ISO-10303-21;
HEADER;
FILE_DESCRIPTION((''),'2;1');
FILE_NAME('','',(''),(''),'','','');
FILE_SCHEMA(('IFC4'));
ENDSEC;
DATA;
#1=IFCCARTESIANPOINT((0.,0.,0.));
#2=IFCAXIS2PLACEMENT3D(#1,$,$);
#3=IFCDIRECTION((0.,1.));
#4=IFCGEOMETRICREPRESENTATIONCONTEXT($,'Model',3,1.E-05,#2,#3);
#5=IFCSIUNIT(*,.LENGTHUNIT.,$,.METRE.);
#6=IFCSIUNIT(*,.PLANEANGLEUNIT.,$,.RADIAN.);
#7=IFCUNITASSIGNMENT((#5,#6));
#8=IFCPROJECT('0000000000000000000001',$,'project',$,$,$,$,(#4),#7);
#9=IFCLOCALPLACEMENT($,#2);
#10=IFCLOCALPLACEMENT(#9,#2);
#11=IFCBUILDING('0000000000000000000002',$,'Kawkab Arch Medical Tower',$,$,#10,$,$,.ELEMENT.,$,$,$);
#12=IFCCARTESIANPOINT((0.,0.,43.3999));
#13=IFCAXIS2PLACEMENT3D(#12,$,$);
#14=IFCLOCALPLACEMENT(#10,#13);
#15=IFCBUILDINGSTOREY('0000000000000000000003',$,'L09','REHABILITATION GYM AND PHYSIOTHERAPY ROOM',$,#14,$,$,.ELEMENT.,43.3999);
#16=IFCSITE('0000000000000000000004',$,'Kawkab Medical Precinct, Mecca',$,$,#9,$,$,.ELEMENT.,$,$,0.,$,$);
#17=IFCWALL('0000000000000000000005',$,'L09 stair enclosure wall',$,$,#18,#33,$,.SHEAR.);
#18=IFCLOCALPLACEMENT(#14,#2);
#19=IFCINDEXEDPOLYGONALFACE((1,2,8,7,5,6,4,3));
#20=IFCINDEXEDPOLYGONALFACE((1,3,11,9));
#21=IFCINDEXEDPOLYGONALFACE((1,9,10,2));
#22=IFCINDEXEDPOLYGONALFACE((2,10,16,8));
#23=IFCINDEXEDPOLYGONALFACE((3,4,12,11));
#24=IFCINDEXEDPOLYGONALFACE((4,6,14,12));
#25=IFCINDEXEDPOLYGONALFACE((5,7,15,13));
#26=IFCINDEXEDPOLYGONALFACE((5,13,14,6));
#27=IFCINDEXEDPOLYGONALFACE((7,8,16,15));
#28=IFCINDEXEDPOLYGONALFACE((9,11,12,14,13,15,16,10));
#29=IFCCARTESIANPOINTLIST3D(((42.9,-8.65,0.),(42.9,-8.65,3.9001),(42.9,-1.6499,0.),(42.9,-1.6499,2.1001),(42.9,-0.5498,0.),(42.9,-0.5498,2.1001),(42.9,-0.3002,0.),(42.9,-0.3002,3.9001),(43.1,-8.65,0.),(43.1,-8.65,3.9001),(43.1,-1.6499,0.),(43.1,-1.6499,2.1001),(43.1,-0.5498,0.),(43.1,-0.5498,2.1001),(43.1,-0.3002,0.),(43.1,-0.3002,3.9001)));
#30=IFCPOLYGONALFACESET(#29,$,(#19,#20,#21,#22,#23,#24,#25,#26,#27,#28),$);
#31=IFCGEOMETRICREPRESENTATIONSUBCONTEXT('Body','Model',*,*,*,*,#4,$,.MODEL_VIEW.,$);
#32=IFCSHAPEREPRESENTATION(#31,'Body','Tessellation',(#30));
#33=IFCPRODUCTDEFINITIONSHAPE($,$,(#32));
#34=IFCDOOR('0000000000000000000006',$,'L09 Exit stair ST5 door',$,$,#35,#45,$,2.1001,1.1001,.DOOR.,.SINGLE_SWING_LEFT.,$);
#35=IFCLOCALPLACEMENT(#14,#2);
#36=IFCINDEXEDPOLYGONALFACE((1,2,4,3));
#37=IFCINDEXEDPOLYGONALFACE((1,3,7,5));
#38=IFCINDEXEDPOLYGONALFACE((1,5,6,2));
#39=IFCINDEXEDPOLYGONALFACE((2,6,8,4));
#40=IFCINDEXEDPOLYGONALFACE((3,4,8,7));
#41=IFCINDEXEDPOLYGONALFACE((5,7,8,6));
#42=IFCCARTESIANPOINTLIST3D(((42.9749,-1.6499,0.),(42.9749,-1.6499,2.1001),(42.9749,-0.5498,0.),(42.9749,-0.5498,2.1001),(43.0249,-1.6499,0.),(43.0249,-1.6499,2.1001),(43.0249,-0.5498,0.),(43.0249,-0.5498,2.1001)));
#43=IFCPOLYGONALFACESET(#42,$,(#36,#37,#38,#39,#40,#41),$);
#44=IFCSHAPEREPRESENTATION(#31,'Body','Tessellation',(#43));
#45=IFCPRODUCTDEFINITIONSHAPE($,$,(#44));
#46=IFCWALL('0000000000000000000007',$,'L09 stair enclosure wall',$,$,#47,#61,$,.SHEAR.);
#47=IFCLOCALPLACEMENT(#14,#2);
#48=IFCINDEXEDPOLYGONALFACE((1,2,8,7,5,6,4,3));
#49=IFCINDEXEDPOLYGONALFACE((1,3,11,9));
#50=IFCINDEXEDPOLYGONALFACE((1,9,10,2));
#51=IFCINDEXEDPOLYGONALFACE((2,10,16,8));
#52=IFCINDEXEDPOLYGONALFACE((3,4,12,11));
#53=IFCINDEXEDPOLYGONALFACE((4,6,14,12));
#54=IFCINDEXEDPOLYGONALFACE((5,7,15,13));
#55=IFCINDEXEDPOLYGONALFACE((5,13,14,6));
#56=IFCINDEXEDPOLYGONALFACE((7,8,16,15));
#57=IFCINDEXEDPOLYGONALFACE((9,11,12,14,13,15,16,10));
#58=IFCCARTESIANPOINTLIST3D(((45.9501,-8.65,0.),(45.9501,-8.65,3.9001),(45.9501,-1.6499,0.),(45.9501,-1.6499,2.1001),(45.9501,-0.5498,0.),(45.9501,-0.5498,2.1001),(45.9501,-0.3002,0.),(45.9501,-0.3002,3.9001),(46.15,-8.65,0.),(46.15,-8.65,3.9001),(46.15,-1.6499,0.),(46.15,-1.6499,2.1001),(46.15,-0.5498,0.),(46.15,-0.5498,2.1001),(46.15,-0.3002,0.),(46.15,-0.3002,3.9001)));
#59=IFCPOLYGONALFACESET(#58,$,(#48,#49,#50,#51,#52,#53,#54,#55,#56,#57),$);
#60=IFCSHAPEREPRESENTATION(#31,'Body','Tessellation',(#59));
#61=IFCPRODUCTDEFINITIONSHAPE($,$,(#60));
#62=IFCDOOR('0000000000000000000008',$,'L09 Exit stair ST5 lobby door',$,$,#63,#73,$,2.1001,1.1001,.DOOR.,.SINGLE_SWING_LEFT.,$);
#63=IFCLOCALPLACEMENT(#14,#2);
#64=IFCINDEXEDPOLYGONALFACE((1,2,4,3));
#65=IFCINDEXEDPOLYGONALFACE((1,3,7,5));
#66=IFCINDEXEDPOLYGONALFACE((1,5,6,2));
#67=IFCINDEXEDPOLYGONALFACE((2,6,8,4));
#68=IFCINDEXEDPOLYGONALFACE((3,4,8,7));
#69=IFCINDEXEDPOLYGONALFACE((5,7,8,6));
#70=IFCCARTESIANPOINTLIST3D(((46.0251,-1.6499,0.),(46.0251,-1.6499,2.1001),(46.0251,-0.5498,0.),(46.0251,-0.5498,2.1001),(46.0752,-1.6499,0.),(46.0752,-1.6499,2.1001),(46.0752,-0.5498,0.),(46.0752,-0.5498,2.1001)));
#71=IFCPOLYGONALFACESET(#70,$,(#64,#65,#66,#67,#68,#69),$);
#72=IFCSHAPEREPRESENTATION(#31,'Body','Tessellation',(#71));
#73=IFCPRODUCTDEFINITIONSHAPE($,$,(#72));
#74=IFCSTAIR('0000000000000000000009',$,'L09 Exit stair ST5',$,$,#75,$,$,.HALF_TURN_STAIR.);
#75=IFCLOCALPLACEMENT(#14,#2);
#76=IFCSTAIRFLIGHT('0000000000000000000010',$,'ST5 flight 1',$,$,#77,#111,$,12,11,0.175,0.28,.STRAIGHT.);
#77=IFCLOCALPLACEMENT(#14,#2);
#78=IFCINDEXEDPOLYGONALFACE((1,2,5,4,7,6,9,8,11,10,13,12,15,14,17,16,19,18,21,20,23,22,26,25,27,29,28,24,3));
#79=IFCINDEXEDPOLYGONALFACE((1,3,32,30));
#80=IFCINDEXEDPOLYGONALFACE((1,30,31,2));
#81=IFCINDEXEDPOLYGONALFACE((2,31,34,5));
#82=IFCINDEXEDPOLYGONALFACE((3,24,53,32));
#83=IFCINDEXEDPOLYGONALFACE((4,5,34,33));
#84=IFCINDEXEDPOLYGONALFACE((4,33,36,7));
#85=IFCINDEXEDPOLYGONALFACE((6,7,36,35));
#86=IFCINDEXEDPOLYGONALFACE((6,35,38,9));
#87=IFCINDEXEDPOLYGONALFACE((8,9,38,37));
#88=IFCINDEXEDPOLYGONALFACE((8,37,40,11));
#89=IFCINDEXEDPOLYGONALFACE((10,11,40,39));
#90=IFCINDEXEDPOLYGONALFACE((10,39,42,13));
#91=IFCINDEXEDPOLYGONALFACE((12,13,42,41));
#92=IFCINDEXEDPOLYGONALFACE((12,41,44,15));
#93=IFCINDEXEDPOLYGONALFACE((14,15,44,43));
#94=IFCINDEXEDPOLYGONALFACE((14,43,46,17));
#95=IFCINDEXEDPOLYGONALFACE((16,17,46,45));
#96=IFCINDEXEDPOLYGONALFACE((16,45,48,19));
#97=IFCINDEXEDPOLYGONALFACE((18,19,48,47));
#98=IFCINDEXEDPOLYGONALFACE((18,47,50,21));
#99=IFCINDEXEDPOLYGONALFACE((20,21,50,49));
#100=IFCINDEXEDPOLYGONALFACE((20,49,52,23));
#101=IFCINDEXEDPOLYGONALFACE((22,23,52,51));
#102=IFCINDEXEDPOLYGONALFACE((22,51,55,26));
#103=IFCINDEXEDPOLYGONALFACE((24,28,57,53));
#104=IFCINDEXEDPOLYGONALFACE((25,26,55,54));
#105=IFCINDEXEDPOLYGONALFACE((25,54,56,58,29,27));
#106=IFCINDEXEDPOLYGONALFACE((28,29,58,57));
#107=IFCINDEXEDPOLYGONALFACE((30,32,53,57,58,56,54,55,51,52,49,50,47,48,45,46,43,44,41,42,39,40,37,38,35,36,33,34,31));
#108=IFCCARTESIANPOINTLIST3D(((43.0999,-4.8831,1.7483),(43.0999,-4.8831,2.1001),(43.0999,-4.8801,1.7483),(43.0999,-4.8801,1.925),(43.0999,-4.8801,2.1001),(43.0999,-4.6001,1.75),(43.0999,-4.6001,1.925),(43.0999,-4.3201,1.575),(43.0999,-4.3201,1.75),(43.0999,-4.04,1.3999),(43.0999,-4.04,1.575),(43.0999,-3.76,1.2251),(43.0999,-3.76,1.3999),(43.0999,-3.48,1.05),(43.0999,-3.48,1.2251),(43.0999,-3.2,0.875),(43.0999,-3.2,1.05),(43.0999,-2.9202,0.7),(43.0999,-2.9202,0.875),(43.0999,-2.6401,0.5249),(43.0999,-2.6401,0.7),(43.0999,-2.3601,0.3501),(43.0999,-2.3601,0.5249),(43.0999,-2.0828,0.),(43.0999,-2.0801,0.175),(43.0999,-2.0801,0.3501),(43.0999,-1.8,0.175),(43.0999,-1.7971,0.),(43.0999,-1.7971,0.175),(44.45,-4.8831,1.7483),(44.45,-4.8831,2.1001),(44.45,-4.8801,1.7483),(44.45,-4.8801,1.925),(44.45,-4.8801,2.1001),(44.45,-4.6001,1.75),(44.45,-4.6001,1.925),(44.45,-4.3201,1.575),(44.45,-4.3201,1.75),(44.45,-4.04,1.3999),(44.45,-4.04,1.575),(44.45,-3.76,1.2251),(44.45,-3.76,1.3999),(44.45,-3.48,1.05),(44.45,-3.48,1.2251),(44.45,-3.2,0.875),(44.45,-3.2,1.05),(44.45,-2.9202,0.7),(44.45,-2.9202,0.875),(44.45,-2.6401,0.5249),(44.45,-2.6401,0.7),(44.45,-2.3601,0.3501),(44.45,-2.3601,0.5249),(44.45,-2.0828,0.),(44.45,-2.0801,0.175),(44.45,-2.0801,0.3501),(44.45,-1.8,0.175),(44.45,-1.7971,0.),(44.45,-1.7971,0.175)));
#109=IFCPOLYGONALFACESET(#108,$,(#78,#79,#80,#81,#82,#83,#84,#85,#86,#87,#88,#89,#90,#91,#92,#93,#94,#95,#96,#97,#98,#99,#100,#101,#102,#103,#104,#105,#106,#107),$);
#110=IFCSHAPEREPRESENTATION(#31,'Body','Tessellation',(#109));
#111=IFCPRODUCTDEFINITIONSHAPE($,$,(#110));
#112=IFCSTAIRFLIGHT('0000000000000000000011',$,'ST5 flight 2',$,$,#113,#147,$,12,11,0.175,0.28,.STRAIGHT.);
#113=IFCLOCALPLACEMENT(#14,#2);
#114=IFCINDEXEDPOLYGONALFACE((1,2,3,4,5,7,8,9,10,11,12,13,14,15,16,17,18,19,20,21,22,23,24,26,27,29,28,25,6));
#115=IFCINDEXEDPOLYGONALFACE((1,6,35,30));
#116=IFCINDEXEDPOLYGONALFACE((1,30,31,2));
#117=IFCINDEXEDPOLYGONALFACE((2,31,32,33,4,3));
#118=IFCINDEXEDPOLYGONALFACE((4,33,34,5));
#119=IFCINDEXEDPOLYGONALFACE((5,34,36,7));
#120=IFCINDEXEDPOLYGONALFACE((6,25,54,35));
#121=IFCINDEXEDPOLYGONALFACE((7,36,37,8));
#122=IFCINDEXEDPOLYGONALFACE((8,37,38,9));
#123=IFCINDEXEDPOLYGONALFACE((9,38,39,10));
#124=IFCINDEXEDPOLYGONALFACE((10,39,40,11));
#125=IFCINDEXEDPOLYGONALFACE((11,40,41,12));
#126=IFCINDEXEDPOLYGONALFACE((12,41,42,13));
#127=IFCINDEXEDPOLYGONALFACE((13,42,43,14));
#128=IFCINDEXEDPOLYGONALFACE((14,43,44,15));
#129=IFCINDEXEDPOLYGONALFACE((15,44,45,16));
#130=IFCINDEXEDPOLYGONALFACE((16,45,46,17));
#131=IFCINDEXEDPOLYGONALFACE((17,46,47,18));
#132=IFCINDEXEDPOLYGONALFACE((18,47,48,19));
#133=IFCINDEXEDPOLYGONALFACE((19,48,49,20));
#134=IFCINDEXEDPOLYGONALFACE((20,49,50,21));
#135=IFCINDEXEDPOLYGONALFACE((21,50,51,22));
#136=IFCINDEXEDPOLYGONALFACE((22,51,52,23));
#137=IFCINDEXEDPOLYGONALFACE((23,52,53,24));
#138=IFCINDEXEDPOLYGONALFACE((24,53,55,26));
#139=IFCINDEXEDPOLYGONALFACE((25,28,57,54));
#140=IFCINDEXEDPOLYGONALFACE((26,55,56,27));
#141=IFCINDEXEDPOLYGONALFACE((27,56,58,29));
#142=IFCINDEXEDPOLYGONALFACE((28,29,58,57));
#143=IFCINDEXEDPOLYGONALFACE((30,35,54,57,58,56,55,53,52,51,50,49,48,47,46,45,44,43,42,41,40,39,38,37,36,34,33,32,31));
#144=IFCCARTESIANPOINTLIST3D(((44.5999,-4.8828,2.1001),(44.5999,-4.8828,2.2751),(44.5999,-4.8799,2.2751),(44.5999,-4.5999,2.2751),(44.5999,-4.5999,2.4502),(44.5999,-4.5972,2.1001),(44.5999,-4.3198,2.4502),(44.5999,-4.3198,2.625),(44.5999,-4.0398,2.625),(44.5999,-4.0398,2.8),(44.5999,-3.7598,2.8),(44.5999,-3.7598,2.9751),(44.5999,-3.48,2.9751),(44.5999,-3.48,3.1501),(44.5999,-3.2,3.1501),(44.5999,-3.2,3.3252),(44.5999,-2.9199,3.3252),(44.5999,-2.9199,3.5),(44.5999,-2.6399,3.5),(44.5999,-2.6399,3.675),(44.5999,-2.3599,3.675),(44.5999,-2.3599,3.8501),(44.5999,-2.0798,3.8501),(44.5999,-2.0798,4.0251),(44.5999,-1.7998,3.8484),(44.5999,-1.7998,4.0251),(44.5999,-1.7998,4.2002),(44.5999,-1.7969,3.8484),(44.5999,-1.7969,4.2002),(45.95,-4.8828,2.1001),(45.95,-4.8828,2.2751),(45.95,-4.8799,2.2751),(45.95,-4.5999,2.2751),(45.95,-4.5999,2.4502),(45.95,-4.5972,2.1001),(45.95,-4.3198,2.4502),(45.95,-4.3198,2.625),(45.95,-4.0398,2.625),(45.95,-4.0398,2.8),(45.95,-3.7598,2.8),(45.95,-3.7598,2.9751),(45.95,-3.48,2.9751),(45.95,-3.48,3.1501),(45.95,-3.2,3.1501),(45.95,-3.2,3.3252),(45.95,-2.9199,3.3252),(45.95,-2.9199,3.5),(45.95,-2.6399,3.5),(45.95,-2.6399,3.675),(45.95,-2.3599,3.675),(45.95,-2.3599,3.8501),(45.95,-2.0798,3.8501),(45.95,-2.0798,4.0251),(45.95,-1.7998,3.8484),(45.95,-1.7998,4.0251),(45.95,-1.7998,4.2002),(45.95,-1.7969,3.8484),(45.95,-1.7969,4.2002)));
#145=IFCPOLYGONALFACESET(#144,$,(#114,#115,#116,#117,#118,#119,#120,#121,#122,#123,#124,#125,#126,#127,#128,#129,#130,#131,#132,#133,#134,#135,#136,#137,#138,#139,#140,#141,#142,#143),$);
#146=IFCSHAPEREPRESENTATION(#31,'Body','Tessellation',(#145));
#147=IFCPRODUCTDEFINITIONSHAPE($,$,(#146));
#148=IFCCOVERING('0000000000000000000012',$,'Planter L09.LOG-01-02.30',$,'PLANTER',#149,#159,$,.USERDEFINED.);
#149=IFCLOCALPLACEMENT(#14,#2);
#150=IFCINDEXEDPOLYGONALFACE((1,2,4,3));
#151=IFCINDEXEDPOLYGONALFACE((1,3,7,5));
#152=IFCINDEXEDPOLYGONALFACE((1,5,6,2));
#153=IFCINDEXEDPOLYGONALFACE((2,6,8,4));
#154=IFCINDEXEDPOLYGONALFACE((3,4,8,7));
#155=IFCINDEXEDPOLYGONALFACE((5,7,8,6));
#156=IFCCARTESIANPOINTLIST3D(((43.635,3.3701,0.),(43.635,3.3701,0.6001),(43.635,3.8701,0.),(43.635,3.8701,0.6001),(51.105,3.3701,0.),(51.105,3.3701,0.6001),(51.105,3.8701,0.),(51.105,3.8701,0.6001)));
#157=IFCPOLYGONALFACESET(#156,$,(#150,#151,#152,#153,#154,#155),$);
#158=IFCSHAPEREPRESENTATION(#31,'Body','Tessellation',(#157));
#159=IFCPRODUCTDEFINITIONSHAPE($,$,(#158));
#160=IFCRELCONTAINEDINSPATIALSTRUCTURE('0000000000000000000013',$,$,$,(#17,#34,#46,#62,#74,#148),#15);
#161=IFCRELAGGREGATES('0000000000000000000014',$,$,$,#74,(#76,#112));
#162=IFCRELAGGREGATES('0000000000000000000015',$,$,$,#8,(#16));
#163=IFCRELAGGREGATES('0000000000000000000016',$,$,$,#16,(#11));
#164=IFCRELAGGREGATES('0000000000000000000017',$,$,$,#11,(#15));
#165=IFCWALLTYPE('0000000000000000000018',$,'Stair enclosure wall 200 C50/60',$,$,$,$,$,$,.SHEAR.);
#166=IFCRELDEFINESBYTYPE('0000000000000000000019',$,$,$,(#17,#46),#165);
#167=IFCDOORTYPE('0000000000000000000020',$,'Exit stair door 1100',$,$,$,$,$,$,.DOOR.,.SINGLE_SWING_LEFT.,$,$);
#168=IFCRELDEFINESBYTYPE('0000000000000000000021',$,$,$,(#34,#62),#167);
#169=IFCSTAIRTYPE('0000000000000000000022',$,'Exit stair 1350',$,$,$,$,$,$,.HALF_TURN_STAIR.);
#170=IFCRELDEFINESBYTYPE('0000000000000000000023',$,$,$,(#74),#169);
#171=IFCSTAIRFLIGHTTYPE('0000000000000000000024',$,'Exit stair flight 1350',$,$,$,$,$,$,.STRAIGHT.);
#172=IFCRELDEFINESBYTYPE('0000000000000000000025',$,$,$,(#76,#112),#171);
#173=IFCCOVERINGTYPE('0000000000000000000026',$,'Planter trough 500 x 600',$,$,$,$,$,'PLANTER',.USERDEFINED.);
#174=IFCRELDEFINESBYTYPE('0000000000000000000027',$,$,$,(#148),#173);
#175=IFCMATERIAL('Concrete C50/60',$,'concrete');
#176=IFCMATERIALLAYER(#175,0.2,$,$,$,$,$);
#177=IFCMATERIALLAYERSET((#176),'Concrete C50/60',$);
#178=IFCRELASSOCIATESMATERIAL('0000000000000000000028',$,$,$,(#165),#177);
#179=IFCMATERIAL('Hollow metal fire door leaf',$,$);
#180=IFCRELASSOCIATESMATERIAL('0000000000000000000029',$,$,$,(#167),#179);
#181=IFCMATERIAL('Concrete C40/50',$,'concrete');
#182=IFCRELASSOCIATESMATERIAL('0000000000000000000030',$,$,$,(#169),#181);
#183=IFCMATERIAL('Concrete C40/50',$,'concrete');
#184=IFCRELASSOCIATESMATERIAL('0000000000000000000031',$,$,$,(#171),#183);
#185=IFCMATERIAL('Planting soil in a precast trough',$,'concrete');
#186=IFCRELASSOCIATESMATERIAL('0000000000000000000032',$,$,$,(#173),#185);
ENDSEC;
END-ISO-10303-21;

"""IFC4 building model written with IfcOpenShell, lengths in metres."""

from ifc_helpers import new_model, si_unit, direction, frame, frame_2d, origin, origin_2d, place, context, subcontext, project, spatial, polyline, rectangle, outline, extrude, material, layer, layer_set, material_profile, profile_set, type_object, element, fill, aggregate, save


model = new_model("IFC4")

# Units and contexts
model_context = context("Model", 3, precision=1e-05, world=origin(), true_north=direction((0.0, 1.0)))
body_context = subcontext(model_context, "Body", "Model", "MODEL_VIEW")
ifc_project = project(units=[si_unit("LENGTHUNIT", "METRE"), si_unit("PLANEANGLEUNIT", "RADIAN")], contexts=[model_context])

# Site, building, storey
site_placement = place(None, origin())
site = spatial("IfcSite", under=ifc_project, at=site_placement, Name="Kawkab Medical Precinct, Mecca", CompositionType="ELEMENT", RefElevation=0.0)
building_placement = place(site_placement, origin())
building = spatial("IfcBuilding", under=site, at=building_placement, Name="Kawkab Arch Medical Tower", CompositionType="ELEMENT")
storey_placement = place(building_placement, frame((0.0, 0.0, 43.3999)))
storey = spatial("IfcBuildingStorey", under=building, at=storey_placement, Name="L09", Description="REHABILITATION GYM AND PHYSIOTHERAPY ROOM", CompositionType="ELEMENT", Elevation=43.3999)

# Shared definitions
placement = place(storey_placement, origin())

# Walls, openings, doors
ifc_material_1 = material(Name="Concrete C50/60", Category="concrete")
ifc_layer_1 = layer(ifc_material_1, 0.2)
ifc_layer_set_1 = layer_set([ifc_layer_1], Name="Concrete C50/60")
wall_type_1 = type_object("IfcWallType", Name="Stair enclosure wall 200 C50/60", PredefinedType="SHEAR", material=ifc_layer_set_1)
wall_1_placement = place(storey_placement, frame((43.0, -8.6499, 0.0), z_axis=(0.0, 0.0, 1.0), x_axis=(0.0, 1.0, 0.0)))
wall_1 = element("IfcWall", 1, at=wall_1_placement, inside=storey, type_object=wall_type_1, Name="L09 stair enclosure wall", PredefinedType="SHEAR", context=body_context, shape_type="SweptSolid", body=[
    extrude(rectangle(XDim=8.3499, YDim=0.2, at=frame_2d((4.1748, 0.0))), origin(), (0.0, 0.0, 1.0), 3.9001),
])
opening_1_placement = place(wall_1_placement, frame((7.0, 0.0, 0.0)))
opening_1 = element("IfcOpeningElement", 2, at=opening_1_placement, cuts=wall_1, PredefinedType="OPENING", context=body_context, shape_type="SweptSolid", body=[
    extrude(rectangle(XDim=1.1001, YDim=2.1001, at=frame_2d((0.55, 1.05))), frame((0.0, 0.1099, 0.0), z_axis=(0.0, -1.0, 0.0), x_axis=(1.0, 0.0, 0.0)), (0.0, 0.0, 1.0), 0.22),
])
ifc_material_2 = material(Name="Hollow metal fire door leaf")
door_type_1 = type_object("IfcDoorType", Name="Exit stair door 1100", OperationType="SINGLE_SWING_LEFT", PredefinedType="DOOR", material=ifc_material_2)
door_1_placement = place(opening_1_placement, frame((1.1001, 0.0, 0.0), z_axis=(0.0, 0.0, 1.0), x_axis=(-1.0, 0.0, 0.0)))
door_1 = element("IfcDoor", 3, at=door_1_placement, inside=storey, type_object=door_type_1, Name="L09 Exit stair ST5 door", OperationType="SINGLE_SWING_LEFT", OverallHeight=2.1001, OverallWidth=1.1001, PredefinedType="DOOR", context=body_context, shape_type="SweptSolid", body=[
    extrude(rectangle(XDim=1.1001, YDim=2.1001, at=frame_2d((0.55, 1.05))), frame((0.0, 0.0249, 0.0), z_axis=(0.0, -1.0, 0.0), x_axis=(1.0, 0.0, 0.0)), (0.0, 0.0, 1.0), 0.05),
])
fill(opening_1, door_1)
wall_2_placement = place(storey_placement, frame((46.05, -8.6499, 0.0), z_axis=(0.0, 0.0, 1.0), x_axis=(0.0, 1.0, 0.0)))
wall_2 = element("IfcWall", 4, at=wall_2_placement, inside=storey, type_object=wall_type_1, Name="L09 stair enclosure wall", PredefinedType="SHEAR", context=body_context, shape_type="SweptSolid", body=[
    extrude(rectangle(XDim=8.3499, YDim=0.2, at=frame_2d((4.1748, 0.0))), origin(), (0.0, 0.0, 1.0), 3.9001),
])
opening_2_placement = place(wall_2_placement, frame((7.0, 0.0, 0.0)))
opening_2 = element("IfcOpeningElement", 5, at=opening_2_placement, cuts=wall_2, PredefinedType="OPENING", context=body_context, shape_type="SweptSolid", body=[
    extrude(rectangle(XDim=1.1001, YDim=2.1001, at=frame_2d((0.55, 1.05))), frame((0.0, 0.1099, 0.0), z_axis=(0.0, -1.0, 0.0), x_axis=(1.0, 0.0, 0.0)), (0.0, 0.0, 1.0), 0.22),
])
door_2_placement = place(opening_2_placement, origin())
door_2 = element("IfcDoor", 6, at=door_2_placement, inside=storey, type_object=door_type_1, Name="L09 Exit stair ST5 lobby door", OperationType="SINGLE_SWING_LEFT", OverallHeight=2.1001, OverallWidth=1.1001, PredefinedType="DOOR", context=body_context, shape_type="SweptSolid", body=[
    extrude(rectangle(XDim=1.1001, YDim=2.1001, at=frame_2d((0.55, 1.05))), frame((0.0, 0.0249, 0.0), z_axis=(0.0, -1.0, 0.0), x_axis=(1.0, 0.0, 0.0)), (0.0, 0.0, 1.0), 0.05),
])
fill(opening_2, door_2)

# Stair, stair flights
ifc_material_3 = material(Name="Concrete C40/50", Category="concrete")
stair_type = type_object("IfcStairType", Name="Exit stair 1350", PredefinedType="HALF_TURN_STAIR", material=ifc_material_3)
stair = element("IfcStair", 7, at=placement, inside=storey, type_object=stair_type, Name="L09 Exit stair ST5", PredefinedType="HALF_TURN_STAIR")
ifc_material_4 = material(Name="Concrete C40/50", Category="concrete")
stair_flight_type = type_object("IfcStairFlightType", Name="Exit stair flight 1350", PredefinedType="STRAIGHT", material=ifc_material_4)
stair_flight_1_placement = place(storey_placement, frame((43.7749, -1.8, 0.0), z_axis=(0.0, 0.0, 1.0), x_axis=(0.0, -1.0, 0.0)))
stair_flight_1 = element("IfcStairFlight", 8, at=stair_flight_1_placement, type_object=stair_flight_type, Name="ST5 flight 1", NumberOfRisers=12, NumberOfTreads=11, PredefinedType="STRAIGHT", RiserHeight=0.175, TreadLength=0.28, context=body_context, shape_type="SweptSolid", body=[
    extrude(outline(polyline([(-0.0029, 0.0), (-0.0029, 0.175), (0.0, 0.175), (0.28, 0.175), (0.28, 0.3501), (0.5601, 0.3501), (0.5601, 0.5249), (0.8401, 0.5249), (0.8401, 0.7), (1.1201, 0.7), (1.1201, 0.875), (1.3999, 0.875), (1.3999, 1.05), (1.6799, 1.05), (1.6799, 1.2251), (1.96, 1.2251), (1.96, 1.3999), (2.24, 1.3999), (2.24, 1.575), (2.52, 1.575), (2.52, 1.75), (2.8, 1.75), (2.8, 1.925), (3.0801, 1.925), (3.0801, 2.1001), (3.083, 2.1001), (3.083, 1.7483), (3.0801, 1.7483), (0.2827, 0.0), (-0.0029, 0.0)])), frame((0.0, 0.675, 0.0), z_axis=(0.0, -1.0, 0.0), x_axis=(1.0, 0.0, 0.0)), (0.0, 0.0, 1.0), 1.3501),
])
stair_flight_2_placement = place(storey_placement, frame((45.2749, -4.8799, 2.1001), z_axis=(0.0, 0.0, 1.0), x_axis=(0.0, 1.0, 0.0)))
stair_flight_2 = element("IfcStairFlight", 9, at=stair_flight_2_placement, type_object=stair_flight_type, Name="ST5 flight 2", NumberOfRisers=12, NumberOfTreads=11, PredefinedType="STRAIGHT", RiserHeight=0.175, TreadLength=0.28, context=body_context, shape_type="SweptSolid", body=[
    extrude(outline(polyline([(-0.0029, 0.0), (-0.0029, 0.175), (0.0, 0.175), (0.28, 0.175), (0.28, 0.3501), (0.5601, 0.3501), (0.5601, 0.5249), (0.8401, 0.5249), (0.8401, 0.7), (1.1201, 0.7), (1.1201, 0.875), (1.3999, 0.875), (1.3999, 1.05), (1.6799, 1.05), (1.6799, 1.2251), (1.96, 1.2251), (1.96, 1.3999), (2.24, 1.3999), (2.24, 1.575), (2.52, 1.575), (2.52, 1.75), (2.8, 1.75), (2.8, 1.925), (3.0801, 1.925), (3.0801, 2.1001), (3.083, 2.1001), (3.083, 1.7483), (3.0801, 1.7483), (0.2827, 0.0), (-0.0029, 0.0)])), frame((0.0, 0.675, 0.0), z_axis=(0.0, -1.0, 0.0), x_axis=(1.0, 0.0, 0.0)), (0.0, 0.0, 1.0), 1.3501),
])
aggregate(stair, [stair_flight_1, stair_flight_2])

# Covering
ifc_material_5 = material(Name="Planting soil in a precast trough", Category="concrete")
ifc_material_profile_1 = material_profile(ifc_material_5, rectangle(XDim=0.5, YDim=0.6001, at=origin_2d()), Name="Trough 500x600")
ifc_profile_set_1 = profile_set([ifc_material_profile_1], Name="Planting soil in a precast trough")
covering_type = type_object("IfcCoveringType", Name="Planter trough 500 x 600", ElementType="PLANTER", PredefinedType="USERDEFINED", material=ifc_profile_set_1)
covering_placement = place(storey_placement, frame((43.635, 3.6201, 0.3), z_axis=(1.0, 0.0, 0.0), x_axis=(0.0, 1.0, 0.0)))
element("IfcCovering", 10, at=covering_placement, inside=storey, type_object=covering_type, Name="Planter L09.LOG-01-02.30", ObjectType="PLANTER", PredefinedType="USERDEFINED", context=body_context, shape_type="SweptSolid", body=[
    extrude(rectangle(XDim=0.5, YDim=0.6001, at=origin_2d()), origin(), (0.0, 0.0, 1.0), 7.47),
])

save(model, "model.ifc")
